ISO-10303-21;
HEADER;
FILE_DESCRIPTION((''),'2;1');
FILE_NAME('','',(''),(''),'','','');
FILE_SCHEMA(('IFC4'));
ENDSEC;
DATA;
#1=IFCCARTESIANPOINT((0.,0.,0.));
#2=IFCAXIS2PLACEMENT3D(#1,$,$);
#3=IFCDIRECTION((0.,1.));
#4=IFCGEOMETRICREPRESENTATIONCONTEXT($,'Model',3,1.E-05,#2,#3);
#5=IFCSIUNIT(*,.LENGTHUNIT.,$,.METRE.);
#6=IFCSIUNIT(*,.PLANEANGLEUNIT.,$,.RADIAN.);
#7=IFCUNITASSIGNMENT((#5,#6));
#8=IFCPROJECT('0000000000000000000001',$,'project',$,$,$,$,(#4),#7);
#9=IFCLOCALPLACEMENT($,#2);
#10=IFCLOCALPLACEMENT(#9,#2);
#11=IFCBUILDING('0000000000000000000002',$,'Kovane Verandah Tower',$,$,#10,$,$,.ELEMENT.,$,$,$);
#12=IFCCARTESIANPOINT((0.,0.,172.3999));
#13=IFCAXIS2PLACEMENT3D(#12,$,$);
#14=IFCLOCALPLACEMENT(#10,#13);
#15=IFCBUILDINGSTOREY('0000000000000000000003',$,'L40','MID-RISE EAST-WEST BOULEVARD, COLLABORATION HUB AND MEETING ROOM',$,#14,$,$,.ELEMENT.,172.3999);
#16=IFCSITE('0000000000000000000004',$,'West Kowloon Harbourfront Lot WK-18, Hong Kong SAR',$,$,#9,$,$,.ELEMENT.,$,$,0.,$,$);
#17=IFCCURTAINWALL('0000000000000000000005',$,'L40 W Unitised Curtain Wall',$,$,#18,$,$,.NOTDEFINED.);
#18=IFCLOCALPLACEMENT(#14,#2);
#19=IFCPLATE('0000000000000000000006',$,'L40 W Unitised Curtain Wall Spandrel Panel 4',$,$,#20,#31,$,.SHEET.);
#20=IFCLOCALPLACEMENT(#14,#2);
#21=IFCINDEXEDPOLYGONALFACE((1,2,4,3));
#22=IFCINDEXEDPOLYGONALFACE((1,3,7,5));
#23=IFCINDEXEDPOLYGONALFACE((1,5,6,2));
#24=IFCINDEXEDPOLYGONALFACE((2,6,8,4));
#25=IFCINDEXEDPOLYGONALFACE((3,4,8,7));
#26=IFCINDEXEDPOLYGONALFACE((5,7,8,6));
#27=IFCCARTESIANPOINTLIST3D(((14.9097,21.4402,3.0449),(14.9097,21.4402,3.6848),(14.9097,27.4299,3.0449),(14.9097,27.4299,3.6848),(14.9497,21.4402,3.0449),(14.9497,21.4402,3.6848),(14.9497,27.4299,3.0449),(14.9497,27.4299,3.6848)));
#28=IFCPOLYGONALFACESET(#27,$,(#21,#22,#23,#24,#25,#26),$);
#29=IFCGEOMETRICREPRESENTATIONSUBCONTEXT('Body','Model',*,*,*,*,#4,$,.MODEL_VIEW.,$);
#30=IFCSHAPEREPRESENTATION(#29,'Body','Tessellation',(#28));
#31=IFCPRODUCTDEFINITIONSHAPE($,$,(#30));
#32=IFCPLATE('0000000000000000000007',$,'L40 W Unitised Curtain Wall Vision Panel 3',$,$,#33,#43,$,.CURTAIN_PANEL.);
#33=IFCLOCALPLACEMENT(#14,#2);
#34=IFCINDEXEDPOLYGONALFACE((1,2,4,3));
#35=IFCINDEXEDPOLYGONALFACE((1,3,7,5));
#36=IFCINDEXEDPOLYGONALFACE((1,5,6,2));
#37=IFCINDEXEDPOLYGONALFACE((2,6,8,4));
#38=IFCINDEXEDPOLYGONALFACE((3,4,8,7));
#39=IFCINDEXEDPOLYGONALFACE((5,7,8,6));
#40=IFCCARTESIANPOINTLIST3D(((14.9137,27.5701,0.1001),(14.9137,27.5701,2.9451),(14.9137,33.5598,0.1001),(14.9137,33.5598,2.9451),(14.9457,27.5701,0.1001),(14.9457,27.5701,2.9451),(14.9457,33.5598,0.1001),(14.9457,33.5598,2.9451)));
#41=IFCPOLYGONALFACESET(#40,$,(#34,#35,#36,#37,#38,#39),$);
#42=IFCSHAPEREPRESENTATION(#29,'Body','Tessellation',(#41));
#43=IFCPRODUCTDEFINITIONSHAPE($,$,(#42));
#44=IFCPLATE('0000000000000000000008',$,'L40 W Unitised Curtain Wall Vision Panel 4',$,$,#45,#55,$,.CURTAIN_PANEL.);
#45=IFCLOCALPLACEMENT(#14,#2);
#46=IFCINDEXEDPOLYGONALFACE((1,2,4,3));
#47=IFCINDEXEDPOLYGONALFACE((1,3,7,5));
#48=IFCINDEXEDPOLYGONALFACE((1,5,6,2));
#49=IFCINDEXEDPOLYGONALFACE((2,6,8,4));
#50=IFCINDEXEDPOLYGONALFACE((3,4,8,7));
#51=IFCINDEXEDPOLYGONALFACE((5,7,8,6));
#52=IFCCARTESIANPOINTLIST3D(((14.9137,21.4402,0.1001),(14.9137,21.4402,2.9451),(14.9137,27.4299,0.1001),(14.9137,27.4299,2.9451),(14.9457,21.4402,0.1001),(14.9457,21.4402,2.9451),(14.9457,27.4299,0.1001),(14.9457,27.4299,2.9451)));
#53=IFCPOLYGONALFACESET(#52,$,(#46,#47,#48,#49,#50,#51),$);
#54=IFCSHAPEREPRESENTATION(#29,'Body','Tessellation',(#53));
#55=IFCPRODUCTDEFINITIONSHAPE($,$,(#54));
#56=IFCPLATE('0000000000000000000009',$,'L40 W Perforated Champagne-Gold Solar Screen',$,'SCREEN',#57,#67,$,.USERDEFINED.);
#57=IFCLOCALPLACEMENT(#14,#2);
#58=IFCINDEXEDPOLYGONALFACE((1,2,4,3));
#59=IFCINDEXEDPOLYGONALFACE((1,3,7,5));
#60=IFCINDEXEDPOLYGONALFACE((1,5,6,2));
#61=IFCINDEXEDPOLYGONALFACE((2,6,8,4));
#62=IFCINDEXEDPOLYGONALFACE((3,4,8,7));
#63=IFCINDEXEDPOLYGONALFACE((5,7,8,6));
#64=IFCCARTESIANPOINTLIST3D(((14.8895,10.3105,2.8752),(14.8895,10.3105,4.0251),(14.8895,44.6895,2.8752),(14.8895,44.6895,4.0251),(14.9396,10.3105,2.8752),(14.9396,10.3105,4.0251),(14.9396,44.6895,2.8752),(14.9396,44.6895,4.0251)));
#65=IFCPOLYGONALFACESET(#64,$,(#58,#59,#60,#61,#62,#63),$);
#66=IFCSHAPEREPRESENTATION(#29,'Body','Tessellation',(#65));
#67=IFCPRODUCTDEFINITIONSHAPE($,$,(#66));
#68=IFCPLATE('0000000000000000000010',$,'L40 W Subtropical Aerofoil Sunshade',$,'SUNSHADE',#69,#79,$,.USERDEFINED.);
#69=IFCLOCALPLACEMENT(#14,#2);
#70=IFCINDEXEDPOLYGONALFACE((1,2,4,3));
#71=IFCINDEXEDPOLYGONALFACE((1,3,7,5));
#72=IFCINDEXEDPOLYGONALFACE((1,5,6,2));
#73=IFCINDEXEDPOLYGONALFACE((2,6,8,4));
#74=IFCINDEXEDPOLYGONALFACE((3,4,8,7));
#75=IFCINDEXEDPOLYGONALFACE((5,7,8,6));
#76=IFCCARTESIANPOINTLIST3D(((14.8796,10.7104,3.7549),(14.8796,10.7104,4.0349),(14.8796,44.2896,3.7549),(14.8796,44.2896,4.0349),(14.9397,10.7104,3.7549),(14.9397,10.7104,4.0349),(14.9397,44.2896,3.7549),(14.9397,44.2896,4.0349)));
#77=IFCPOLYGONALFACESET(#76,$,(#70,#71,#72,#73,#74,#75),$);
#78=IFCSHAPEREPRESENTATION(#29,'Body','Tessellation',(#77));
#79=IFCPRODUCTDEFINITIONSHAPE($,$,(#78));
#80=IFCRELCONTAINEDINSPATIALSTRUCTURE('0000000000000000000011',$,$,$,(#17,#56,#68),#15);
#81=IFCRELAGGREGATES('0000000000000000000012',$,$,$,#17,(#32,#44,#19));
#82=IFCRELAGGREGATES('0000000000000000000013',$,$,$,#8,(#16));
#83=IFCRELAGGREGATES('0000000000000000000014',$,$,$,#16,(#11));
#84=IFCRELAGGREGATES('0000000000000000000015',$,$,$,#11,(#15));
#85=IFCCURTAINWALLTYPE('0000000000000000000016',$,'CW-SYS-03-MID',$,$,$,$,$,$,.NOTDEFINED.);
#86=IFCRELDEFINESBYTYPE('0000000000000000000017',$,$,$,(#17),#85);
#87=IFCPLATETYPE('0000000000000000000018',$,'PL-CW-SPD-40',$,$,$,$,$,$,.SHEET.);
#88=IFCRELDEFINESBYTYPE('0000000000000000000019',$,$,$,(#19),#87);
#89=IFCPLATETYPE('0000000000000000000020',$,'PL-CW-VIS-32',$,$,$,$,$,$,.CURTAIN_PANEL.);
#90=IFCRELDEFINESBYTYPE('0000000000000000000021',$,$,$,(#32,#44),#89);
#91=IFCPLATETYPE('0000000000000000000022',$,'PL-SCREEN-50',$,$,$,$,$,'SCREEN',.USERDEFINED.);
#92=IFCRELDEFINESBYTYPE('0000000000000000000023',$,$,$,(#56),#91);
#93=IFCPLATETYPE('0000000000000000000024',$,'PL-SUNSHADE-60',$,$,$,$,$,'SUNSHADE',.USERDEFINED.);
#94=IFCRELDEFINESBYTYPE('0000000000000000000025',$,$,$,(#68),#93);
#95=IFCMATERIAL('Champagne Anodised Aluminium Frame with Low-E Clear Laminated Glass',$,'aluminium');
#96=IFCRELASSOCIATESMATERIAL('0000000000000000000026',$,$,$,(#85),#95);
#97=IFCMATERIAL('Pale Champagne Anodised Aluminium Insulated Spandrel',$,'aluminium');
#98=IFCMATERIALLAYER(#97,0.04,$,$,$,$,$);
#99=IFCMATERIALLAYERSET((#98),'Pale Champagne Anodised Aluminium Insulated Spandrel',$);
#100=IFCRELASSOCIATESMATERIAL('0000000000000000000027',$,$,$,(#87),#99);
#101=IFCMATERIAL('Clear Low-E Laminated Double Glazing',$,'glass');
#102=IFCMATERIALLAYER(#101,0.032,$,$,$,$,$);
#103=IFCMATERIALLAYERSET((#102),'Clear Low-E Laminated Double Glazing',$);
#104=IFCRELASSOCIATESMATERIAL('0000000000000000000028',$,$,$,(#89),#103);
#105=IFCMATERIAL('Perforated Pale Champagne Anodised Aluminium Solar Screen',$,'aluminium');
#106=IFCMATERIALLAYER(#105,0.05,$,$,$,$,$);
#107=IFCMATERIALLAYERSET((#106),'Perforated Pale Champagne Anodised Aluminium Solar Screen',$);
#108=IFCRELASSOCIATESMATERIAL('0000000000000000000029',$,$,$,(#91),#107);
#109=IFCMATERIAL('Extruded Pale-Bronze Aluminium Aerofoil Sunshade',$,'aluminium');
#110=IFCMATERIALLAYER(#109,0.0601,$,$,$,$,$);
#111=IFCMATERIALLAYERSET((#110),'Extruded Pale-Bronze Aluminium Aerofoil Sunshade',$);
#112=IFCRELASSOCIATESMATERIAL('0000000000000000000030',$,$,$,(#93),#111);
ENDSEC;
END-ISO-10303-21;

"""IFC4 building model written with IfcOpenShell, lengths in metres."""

from ifc_helpers import new_model, si_unit, direction, frame, origin, origin_2d, place, context, subcontext, project, spatial, rectangle, extrude, material, layer, layer_set, type_object, element, aggregate, save


model = new_model("IFC4")

# Units and contexts
model_context = context("Model", 3, precision=1e-05, world=origin(), true_north=direction((0.0, 1.0)))
body_context = subcontext(model_context, "Body", "Model", "MODEL_VIEW")
ifc_project = project(units=[si_unit("LENGTHUNIT", "METRE"), si_unit("PLANEANGLEUNIT", "RADIAN")], contexts=[model_context])

# Site, building, storey
site_placement = place(None, origin())
site = spatial("IfcSite", under=ifc_project, at=site_placement, Name="West Kowloon Harbourfront Lot WK-18, Hong Kong SAR", CompositionType="ELEMENT", RefElevation=0.0)
building_placement = place(site_placement, origin())
building = spatial("IfcBuilding", under=site, at=building_placement, Name="Kovane Verandah Tower", CompositionType="ELEMENT")
storey_placement = place(building_placement, frame((0.0, 0.0, 172.3999)))
storey = spatial("IfcBuildingStorey", under=building, at=storey_placement, Name="L40", Description="MID-RISE EAST-WEST BOULEVARD, COLLABORATION HUB AND MEETING ROOM", CompositionType="ELEMENT", Elevation=172.3999)

# Curtain wall
ifc_material_1 = material(Name="Champagne Anodised Aluminium Frame with Low-E Clear Laminated Glass", Category="aluminium")
curtain_wall_type = type_object("IfcCurtainWallType", Name="CW-SYS-03-MID", PredefinedType="NOTDEFINED", material=ifc_material_1)
curtain_wall_placement = place(storey_placement, origin())
curtain_wall = element("IfcCurtainWall", 1, at=curtain_wall_placement, inside=storey, type_object=curtain_wall_type, Name="L40 W Unitised Curtain Wall", PredefinedType="NOTDEFINED")

# Plates
ifc_material_2 = material(Name="Pale Champagne Anodised Aluminium Insulated Spandrel", Category="aluminium")
ifc_layer_1 = layer(ifc_material_2, 0.04)
ifc_layer_set_1 = layer_set([ifc_layer_1], Name="Pale Champagne Anodised Aluminium Insulated Spandrel")
plate_type_1 = type_object("IfcPlateType", Name="PL-CW-SPD-40", PredefinedType="SHEET", material=ifc_layer_set_1)
plate_1_placement = place(storey_placement, frame((14.9297, 24.4351, 3.0449), z_axis=(0.0, 0.0, 1.0), x_axis=(0.0, -1.0, 0.0)))
plate_1 = element("IfcPlate", 2, at=plate_1_placement, type_object=plate_type_1, Name="L40 W Unitised Curtain Wall Spandrel Panel 4", PredefinedType="SHEET", context=body_context, shape_type="SweptSolid", body=[
    extrude(rectangle(XDim=5.9897, YDim=0.04, at=origin_2d()), origin(), (0.0, 0.0, 1.0), 0.6399),
])
ifc_material_3 = material(Name="Clear Low-E Laminated Double Glazing", Category="glass")
ifc_layer_2 = layer(ifc_material_3, 0.032)
ifc_layer_set_2 = layer_set([ifc_layer_2], Name="Clear Low-E Laminated Double Glazing")
plate_type_2 = type_object("IfcPlateType", Name="PL-CW-VIS-32", PredefinedType="CURTAIN_PANEL", material=ifc_layer_set_2)
plate_2_placement = place(storey_placement, frame((14.9297, 30.5649, 0.1001), z_axis=(0.0, 0.0, 1.0), x_axis=(0.0, -1.0, 0.0)))
plate_2 = element("IfcPlate", 3, at=plate_2_placement, type_object=plate_type_2, Name="L40 W Unitised Curtain Wall Vision Panel 3", PredefinedType="CURTAIN_PANEL", context=body_context, shape_type="SweptSolid", body=[
    extrude(rectangle(XDim=5.9897, YDim=0.032, at=origin_2d()), origin(), (0.0, 0.0, 1.0), 2.845),
])
plate_3_placement = place(storey_placement, frame((14.9297, 24.4351, 0.1001), z_axis=(0.0, 0.0, 1.0), x_axis=(0.0, -1.0, 0.0)))
plate_3 = element("IfcPlate", 4, at=plate_3_placement, type_object=plate_type_2, Name="L40 W Unitised Curtain Wall Vision Panel 4", PredefinedType="CURTAIN_PANEL", context=body_context, shape_type="SweptSolid", body=[
    extrude(rectangle(XDim=5.9897, YDim=0.032, at=origin_2d()), origin(), (0.0, 0.0, 1.0), 2.845),
])
aggregate(curtain_wall, [plate_2, plate_3, plate_1])

# Plates
ifc_material_4 = material(Name="Perforated Pale Champagne Anodised Aluminium Solar Screen", Category="aluminium")
ifc_layer_3 = layer(ifc_material_4, 0.05)
ifc_layer_set_3 = layer_set([ifc_layer_3], Name="Perforated Pale Champagne Anodised Aluminium Solar Screen")
plate_type_3 = type_object("IfcPlateType", Name="PL-SCREEN-50", ElementType="SCREEN", PredefinedType="USERDEFINED", material=ifc_layer_set_3)
plate_4_placement = place(storey_placement, frame((14.9146, 27.5, 2.8752), z_axis=(0.0, 0.0, 1.0), x_axis=(0.0, -1.0, 0.0)))
element("IfcPlate", 5, at=plate_4_placement, inside=storey, type_object=plate_type_3, Name="L40 W Perforated Champagne-Gold Solar Screen", ObjectType="SCREEN", PredefinedType="USERDEFINED", context=body_context, shape_type="SweptSolid", body=[
    extrude(rectangle(XDim=34.3789, YDim=0.05, at=origin_2d()), origin(), (0.0, 0.0, 1.0), 1.1499),
])
ifc_material_5 = material(Name="Extruded Pale-Bronze Aluminium Aerofoil Sunshade", Category="aluminium")
ifc_layer_4 = layer(ifc_material_5, 0.0601)
ifc_layer_set_4 = layer_set([ifc_layer_4], Name="Extruded Pale-Bronze Aluminium Aerofoil Sunshade")
plate_type_4 = type_object("IfcPlateType", Name="PL-SUNSHADE-60", ElementType="SUNSHADE", PredefinedType="USERDEFINED", material=ifc_layer_set_4)
plate_5_placement = place(storey_placement, frame((14.9097, 27.5, 3.7549), z_axis=(0.0, 0.0, 1.0), x_axis=(0.0, -1.0, 0.0)))
element("IfcPlate", 6, at=plate_5_placement, inside=storey, type_object=plate_type_4, Name="L40 W Subtropical Aerofoil Sunshade", ObjectType="SUNSHADE", PredefinedType="USERDEFINED", context=body_context, shape_type="SweptSolid", body=[
    extrude(rectangle(XDim=33.5791, YDim=0.0601, at=origin_2d()), origin(), (0.0, 0.0, 1.0), 0.28),
])

save(model, "model.ifc")
